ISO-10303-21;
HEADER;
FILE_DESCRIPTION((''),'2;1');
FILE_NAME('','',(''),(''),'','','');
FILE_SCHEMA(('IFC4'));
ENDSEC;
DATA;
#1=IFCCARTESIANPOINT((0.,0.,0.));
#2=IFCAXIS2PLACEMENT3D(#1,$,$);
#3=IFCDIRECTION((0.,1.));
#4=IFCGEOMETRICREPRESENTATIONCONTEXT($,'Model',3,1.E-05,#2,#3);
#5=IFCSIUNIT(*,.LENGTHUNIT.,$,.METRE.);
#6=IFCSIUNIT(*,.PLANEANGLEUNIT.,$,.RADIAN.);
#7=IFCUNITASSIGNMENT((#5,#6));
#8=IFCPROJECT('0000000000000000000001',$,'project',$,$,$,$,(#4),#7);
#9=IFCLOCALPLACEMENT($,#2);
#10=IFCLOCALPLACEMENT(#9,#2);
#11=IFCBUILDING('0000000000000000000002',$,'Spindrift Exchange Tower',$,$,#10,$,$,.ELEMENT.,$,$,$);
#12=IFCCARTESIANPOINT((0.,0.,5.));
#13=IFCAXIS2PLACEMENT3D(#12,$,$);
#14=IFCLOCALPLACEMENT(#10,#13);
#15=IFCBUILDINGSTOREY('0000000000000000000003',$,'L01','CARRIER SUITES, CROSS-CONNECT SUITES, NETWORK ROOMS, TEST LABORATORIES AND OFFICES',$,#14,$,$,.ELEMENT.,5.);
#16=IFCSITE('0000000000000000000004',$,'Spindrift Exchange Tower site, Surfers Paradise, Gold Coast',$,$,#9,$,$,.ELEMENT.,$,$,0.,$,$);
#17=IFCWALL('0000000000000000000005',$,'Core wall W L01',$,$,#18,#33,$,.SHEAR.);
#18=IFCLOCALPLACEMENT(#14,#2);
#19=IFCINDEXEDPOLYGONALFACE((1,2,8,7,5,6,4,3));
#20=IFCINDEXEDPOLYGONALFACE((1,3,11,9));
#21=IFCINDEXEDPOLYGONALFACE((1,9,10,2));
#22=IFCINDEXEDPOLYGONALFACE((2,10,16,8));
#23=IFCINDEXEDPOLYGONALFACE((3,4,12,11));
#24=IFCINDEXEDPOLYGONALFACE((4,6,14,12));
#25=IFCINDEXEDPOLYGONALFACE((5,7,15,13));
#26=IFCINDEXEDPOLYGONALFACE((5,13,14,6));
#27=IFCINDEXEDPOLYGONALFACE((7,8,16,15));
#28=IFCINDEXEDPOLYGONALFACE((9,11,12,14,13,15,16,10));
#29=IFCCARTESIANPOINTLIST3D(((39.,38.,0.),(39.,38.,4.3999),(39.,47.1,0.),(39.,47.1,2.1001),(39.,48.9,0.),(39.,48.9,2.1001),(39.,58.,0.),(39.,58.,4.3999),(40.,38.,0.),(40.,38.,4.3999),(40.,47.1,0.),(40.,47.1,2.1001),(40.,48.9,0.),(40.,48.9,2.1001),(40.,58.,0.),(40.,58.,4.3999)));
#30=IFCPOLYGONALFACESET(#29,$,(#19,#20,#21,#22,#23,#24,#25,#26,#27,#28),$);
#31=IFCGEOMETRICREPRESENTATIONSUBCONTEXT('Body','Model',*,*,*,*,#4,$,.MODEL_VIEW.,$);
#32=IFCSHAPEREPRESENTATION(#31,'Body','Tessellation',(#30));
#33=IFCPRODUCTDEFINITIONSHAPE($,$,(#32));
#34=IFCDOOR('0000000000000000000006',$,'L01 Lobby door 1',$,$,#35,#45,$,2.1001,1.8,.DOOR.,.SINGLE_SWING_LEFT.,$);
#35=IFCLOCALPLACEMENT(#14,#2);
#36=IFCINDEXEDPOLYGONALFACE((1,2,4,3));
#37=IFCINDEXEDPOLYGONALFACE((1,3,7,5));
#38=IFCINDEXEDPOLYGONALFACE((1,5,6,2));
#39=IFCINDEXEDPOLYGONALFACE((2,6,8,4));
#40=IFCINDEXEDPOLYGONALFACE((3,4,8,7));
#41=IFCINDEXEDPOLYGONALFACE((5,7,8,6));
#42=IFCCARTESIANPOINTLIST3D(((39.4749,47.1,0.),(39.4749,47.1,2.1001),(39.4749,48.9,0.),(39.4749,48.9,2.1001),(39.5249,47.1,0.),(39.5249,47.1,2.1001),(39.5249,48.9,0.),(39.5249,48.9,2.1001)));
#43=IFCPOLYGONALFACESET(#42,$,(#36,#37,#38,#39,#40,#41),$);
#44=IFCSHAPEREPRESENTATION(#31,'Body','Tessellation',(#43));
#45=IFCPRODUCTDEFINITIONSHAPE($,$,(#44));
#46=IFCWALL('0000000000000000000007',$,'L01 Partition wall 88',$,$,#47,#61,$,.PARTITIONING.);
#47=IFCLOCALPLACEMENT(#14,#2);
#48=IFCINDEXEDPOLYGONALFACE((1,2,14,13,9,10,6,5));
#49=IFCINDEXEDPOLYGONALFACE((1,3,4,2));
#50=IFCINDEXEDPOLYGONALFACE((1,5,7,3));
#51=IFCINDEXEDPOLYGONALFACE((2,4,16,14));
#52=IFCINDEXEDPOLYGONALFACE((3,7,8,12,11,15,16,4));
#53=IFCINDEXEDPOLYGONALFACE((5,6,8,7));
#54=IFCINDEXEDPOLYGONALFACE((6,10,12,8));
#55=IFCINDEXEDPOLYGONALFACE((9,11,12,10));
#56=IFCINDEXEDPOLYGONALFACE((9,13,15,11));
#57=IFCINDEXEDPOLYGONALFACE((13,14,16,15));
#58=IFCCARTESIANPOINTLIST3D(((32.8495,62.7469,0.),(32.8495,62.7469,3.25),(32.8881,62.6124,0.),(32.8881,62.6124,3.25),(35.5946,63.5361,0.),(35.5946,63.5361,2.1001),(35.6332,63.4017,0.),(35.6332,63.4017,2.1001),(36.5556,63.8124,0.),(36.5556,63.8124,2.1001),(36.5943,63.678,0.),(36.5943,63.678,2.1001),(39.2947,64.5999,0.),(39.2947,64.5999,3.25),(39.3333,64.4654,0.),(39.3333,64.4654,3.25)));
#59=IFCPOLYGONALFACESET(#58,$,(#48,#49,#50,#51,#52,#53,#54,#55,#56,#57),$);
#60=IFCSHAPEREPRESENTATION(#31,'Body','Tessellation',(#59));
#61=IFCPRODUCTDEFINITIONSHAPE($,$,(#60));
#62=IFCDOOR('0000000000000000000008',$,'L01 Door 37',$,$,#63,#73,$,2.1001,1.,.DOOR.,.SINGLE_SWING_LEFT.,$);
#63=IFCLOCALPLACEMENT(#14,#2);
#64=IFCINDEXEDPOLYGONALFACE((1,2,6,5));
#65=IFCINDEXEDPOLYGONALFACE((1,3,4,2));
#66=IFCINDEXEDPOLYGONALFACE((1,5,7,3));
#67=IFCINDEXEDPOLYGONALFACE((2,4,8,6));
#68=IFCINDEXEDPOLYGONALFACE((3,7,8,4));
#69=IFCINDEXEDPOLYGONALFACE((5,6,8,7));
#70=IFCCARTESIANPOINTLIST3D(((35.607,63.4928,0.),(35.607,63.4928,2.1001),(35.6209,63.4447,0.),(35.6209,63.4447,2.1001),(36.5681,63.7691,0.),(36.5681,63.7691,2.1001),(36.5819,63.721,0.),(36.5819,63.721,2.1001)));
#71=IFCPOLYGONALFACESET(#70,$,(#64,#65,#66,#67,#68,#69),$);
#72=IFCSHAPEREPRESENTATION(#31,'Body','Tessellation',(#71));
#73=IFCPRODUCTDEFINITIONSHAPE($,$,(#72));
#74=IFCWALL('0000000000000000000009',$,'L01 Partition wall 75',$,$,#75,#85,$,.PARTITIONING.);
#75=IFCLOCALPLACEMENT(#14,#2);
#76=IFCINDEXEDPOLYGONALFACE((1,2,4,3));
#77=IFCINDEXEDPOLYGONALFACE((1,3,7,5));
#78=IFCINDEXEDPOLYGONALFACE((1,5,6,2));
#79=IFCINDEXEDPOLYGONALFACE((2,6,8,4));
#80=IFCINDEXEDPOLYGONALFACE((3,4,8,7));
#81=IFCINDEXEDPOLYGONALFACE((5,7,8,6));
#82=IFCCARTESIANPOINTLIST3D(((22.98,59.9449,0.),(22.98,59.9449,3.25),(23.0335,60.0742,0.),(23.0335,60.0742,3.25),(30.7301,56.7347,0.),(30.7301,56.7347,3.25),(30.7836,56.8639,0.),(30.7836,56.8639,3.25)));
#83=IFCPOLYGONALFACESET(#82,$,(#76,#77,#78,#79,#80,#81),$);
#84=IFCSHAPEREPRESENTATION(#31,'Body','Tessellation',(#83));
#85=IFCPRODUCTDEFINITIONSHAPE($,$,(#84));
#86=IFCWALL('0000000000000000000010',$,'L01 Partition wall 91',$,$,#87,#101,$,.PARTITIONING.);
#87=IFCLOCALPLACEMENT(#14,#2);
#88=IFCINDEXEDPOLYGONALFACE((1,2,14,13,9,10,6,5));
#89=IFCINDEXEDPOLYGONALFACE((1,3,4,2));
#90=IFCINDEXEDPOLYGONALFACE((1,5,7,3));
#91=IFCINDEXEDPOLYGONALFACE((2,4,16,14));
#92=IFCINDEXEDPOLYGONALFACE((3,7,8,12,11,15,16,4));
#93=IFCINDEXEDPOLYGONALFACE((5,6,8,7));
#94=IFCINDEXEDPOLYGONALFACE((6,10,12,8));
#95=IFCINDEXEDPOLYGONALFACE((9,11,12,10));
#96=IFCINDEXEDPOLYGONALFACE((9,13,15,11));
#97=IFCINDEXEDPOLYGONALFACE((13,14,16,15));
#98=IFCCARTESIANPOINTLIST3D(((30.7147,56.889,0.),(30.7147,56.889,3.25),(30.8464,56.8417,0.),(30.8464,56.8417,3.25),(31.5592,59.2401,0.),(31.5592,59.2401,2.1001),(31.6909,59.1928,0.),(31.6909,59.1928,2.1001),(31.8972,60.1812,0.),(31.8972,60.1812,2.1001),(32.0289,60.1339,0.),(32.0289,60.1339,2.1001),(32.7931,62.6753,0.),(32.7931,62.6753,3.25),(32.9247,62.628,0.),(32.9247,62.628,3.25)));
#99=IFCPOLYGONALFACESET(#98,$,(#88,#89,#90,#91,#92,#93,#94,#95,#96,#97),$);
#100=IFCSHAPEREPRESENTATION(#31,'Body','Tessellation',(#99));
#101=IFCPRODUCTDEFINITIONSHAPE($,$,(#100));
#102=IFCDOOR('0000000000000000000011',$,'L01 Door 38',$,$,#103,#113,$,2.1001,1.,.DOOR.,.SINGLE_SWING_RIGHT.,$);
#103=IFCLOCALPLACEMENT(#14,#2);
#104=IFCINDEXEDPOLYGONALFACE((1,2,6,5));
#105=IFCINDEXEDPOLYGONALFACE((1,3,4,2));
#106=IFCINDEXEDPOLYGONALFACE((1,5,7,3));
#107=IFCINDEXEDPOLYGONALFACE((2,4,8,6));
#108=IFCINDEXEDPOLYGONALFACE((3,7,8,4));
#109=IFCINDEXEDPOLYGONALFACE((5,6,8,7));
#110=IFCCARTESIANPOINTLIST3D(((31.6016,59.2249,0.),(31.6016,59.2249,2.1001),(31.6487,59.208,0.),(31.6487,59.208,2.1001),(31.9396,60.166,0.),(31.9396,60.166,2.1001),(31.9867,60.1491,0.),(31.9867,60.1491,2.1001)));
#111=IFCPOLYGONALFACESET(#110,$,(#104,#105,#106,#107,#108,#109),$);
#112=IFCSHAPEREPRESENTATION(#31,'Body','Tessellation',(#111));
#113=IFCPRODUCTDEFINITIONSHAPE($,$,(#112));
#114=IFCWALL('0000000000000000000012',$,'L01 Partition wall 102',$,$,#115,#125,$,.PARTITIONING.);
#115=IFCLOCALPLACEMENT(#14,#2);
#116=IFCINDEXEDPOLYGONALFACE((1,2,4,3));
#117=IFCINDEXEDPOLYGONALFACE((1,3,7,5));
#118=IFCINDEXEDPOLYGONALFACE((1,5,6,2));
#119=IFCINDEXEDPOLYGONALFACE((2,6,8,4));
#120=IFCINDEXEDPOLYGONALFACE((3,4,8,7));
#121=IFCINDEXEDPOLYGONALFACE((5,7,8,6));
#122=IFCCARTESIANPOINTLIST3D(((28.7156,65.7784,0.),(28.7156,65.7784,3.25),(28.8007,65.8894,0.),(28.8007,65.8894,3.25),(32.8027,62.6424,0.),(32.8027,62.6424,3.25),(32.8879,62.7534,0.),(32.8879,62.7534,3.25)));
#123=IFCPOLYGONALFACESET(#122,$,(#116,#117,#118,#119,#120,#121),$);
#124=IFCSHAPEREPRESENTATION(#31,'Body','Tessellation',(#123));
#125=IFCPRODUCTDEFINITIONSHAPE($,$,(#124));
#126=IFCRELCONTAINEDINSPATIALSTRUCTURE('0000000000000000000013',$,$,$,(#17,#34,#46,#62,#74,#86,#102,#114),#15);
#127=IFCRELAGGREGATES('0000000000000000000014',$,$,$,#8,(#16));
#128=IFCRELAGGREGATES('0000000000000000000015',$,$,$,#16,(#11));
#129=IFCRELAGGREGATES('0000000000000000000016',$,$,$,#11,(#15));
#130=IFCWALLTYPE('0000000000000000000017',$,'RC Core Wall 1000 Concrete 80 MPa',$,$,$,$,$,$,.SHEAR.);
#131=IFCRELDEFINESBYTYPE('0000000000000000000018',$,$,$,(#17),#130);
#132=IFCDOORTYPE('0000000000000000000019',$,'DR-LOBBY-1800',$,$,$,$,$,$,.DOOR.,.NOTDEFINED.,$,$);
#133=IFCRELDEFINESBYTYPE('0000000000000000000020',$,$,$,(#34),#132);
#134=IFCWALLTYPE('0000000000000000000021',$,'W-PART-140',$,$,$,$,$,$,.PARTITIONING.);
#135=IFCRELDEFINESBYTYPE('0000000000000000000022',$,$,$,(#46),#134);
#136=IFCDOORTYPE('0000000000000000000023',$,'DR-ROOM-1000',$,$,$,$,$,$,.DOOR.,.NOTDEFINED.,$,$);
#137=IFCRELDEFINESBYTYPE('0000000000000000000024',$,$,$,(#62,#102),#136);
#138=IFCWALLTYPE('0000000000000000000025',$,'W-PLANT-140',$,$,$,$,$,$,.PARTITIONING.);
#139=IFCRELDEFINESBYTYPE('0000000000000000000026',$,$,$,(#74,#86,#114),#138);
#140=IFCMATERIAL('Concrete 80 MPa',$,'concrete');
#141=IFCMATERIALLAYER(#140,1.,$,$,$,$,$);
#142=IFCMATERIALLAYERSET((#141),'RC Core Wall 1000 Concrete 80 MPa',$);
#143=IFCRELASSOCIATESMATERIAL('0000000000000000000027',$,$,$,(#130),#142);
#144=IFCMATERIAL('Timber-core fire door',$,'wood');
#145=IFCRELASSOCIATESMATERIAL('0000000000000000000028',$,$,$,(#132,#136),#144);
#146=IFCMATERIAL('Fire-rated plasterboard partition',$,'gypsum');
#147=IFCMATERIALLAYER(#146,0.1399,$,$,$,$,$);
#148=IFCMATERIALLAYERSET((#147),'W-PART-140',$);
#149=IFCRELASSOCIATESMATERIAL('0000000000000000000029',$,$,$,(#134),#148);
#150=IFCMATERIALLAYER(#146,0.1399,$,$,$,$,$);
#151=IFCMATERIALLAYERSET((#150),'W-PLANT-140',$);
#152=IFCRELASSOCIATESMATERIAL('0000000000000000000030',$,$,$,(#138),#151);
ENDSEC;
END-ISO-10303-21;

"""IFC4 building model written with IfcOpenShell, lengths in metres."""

from ifc_helpers import new_model, si_unit, direction, frame, frame_2d, origin, place, context, subcontext, project, spatial, rectangle, extrude, source, transform, mapped, material, layer, layer_set, type_object, element, fill, save


model = new_model("IFC4")

# Units and contexts
model_context = context("Model", 3, precision=1e-05, world=origin(), true_north=direction((0.0, 1.0)))
body_context = subcontext(model_context, "Body", "Model", "MODEL_VIEW")
ifc_project = project(units=[si_unit("LENGTHUNIT", "METRE"), si_unit("PLANEANGLEUNIT", "RADIAN")], contexts=[model_context])

# Site, building, storey
site_placement = place(None, origin())
site = spatial("IfcSite", under=ifc_project, at=site_placement, Name="Spindrift Exchange Tower site, Surfers Paradise, Gold Coast", CompositionType="ELEMENT", RefElevation=0.0)
building_placement = place(site_placement, origin())
building = spatial("IfcBuilding", under=site, at=building_placement, Name="Spindrift Exchange Tower", CompositionType="ELEMENT")
storey_placement = place(building_placement, frame((0.0, 0.0, 5.0)))
storey = spatial("IfcBuildingStorey", under=building, at=storey_placement, Name="L01", Description="CARRIER SUITES, CROSS-CONNECT SUITES, NETWORK ROOMS, TEST LABORATORIES AND OFFICES", CompositionType="ELEMENT", Elevation=5.0)

# Shared definitions
ifc_material_1 = material(Name="Concrete 80 MPa", Category="concrete")

# Walls, openings, doors
ifc_layer_1 = layer(ifc_material_1, 1.0)
ifc_layer_set_1 = layer_set([ifc_layer_1], Name="RC Core Wall 1000 Concrete 80 MPa")
wall_type_1 = type_object("IfcWallType", Name="RC Core Wall 1000 Concrete 80 MPa", PredefinedType="SHEAR", material=ifc_layer_set_1)
wall_1_placement = place(storey_placement, frame((39.5, 58.0, 0.0), z_axis=(0.0, 0.0, 1.0), x_axis=(0.0, -1.0, 0.0)))
wall_1 = element("IfcWall", 1, at=wall_1_placement, inside=storey, type_object=wall_type_1, Name="Core wall W L01", PredefinedType="SHEAR", context=body_context, shape_type="SweptSolid", body=[
    extrude(rectangle(XDim=20.0, YDim=1.0, at=frame_2d((10.0, 0.0))), origin(), (0.0, 0.0, 1.0), 4.3999),
])
opening_1_placement = place(wall_1_placement, frame((9.1001, 0.0, 0.0)))
opening_1 = element("IfcOpeningElement", 2, at=opening_1_placement, cuts=wall_1, PredefinedType="OPENING", context=body_context, shape_type="SweptSolid", body=[
    extrude(rectangle(XDim=1.8, YDim=2.1001, at=frame_2d((0.8999, 1.05))), frame((0.0, 0.51, 0.0), z_axis=(0.0, -1.0, 0.0), x_axis=(1.0, 0.0, 0.0)), (0.0, 0.0, 1.0), 1.02),
])
ifc_material_2 = material(Name="Timber-core fire door", Category="wood")
door_type_1 = type_object("IfcDoorType", Name="DR-LOBBY-1800", OperationType="NOTDEFINED", PredefinedType="DOOR", material=ifc_material_2)
shared_shape_1 = source(origin(), body_context, "Body", "SweptSolid", [
    extrude(rectangle(XDim=1.8, YDim=2.1001, at=frame_2d((0.8999, 1.05))), frame((0.0, 0.0249, 0.0), z_axis=(0.0, -1.0, 0.0), x_axis=(1.0, 0.0, 0.0)), (0.0, 0.0, 1.0), 0.05),
])
door_1_placement = place(opening_1_placement, origin())
door_1 = element("IfcDoor", 3, at=door_1_placement, inside=storey, type_object=door_type_1, Name="L01 Lobby door 1", OperationType="SINGLE_SWING_LEFT", OverallHeight=2.1001, OverallWidth=1.8, PredefinedType="DOOR", context=body_context, shape_type="MappedRepresentation", body=[
    mapped(shared_shape_1, transform((0.0, 0.0, 0.0), scale=1.0)),
])
fill(opening_1, door_1)
ifc_material_3 = material(Name="Fire-rated plasterboard partition", Category="gypsum")
ifc_layer_2 = layer(ifc_material_3, 0.1399)
ifc_layer_set_2 = layer_set([ifc_layer_2], Name="W-PART-140")
wall_type_2 = type_object("IfcWallType", Name="W-PART-140", PredefinedType="PARTITIONING", material=ifc_layer_set_2)
wall_2_placement = place(storey_placement, frame((32.8689, 62.6797, 0.0), z_axis=(0.0, 0.0, 1.0), x_axis=(0.961069, 0.276307, 0.0)))
wall_2 = element("IfcWall", 4, at=wall_2_placement, inside=storey, type_object=wall_type_2, Name="L01 Partition wall 88", PredefinedType="PARTITIONING", context=body_context, shape_type="SweptSolid", body=[
    extrude(rectangle(XDim=6.7063, YDim=0.1399, at=frame_2d((3.353, 0.0))), origin(), (0.0, 0.0, 1.0), 3.25),
])
opening_2_placement = place(wall_2_placement, frame((2.8562, 0.0, 0.0)))
opening_2 = element("IfcOpeningElement", 5, at=opening_2_placement, cuts=wall_2, PredefinedType="OPENING", context=body_context, shape_type="SweptSolid", body=[
    extrude(rectangle(XDim=1.0, YDim=2.1001, at=frame_2d((0.5, 1.05))), frame((0.0, 0.0798, 0.0), z_axis=(0.0, -1.0, 0.0), x_axis=(1.0, 0.0, 0.0)), (0.0, 0.0, 1.0), 0.1599),
])
door_type_2 = type_object("IfcDoorType", Name="DR-ROOM-1000", OperationType="NOTDEFINED", PredefinedType="DOOR", material=ifc_material_2)
shared_shape_2 = source(origin(), body_context, "Body", "SweptSolid", [
    extrude(rectangle(XDim=1.0, YDim=2.1001, at=frame_2d((0.5, 1.05))), frame((0.0, 0.0249, 0.0), z_axis=(0.0, -1.0, 0.0), x_axis=(1.0, 0.0, 0.0)), (0.0, 0.0, 1.0), 0.05),
])
door_2_placement = place(opening_2_placement, origin())
door_2 = element("IfcDoor", 6, at=door_2_placement, inside=storey, type_object=door_type_2, Name="L01 Door 37", OperationType="SINGLE_SWING_LEFT", OverallHeight=2.1001, OverallWidth=1.0, PredefinedType="DOOR", context=body_context, shape_type="MappedRepresentation", body=[
    mapped(shared_shape_2, transform((0.0, 0.0, 0.0), scale=1.0)),
])
fill(opening_2, door_2)

# Wall
ifc_layer_3 = layer(ifc_material_3, 0.1399)
ifc_layer_set_3 = layer_set([ifc_layer_3], Name="W-PLANT-140")
wall_type_3 = type_object("IfcWallType", Name="W-PLANT-140", PredefinedType="PARTITIONING", material=ifc_layer_set_3)
wall_3_placement = place(storey_placement, frame((30.7568, 56.7993, 0.0), z_axis=(0.0, 0.0, 1.0), x_axis=(-0.923877, 0.382689, 0.0)))
element("IfcWall", 7, at=wall_3_placement, inside=storey, type_object=wall_type_3, Name="L01 Partition wall 75", PredefinedType="PARTITIONING", context=body_context, shape_type="SweptSolid", body=[
    extrude(rectangle(XDim=8.3887, YDim=0.1399, at=frame_2d((4.1943, 0.0))), origin(), (0.0, 0.0, 1.0), 3.25),
])

# Wall, opening, door
wall_4_placement = place(storey_placement, frame((30.7805, 56.8652, 0.0), z_axis=(0.0, 0.0, 1.0), x_axis=(0.338039, 0.941132, 0.0)))
wall_4 = element("IfcWall", 8, at=wall_4_placement, inside=storey, type_object=wall_type_3, Name="L01 Partition wall 91", PredefinedType="PARTITIONING", context=body_context, shape_type="SweptSolid", body=[
    extrude(rectangle(XDim=6.1482, YDim=0.1399, at=frame_2d((3.0742, 0.0))), origin(), (0.0, 0.0, 1.0), 3.25),
])
opening_3_placement = place(wall_4_placement, frame((2.4983, 0.0, 0.0)))
opening_3 = element("IfcOpeningElement", 9, at=opening_3_placement, cuts=wall_4, PredefinedType="OPENING", context=body_context, shape_type="SweptSolid", body=[
    extrude(rectangle(XDim=1.0, YDim=2.1001, at=frame_2d((0.5, 1.05))), frame((0.0, 0.0798, 0.0), z_axis=(0.0, -1.0, 0.0), x_axis=(1.0, 0.0, 0.0)), (0.0, 0.0, 1.0), 0.1599),
])
door_3_placement = place(opening_3_placement, origin())
door_3 = element("IfcDoor", 10, at=door_3_placement, inside=storey, type_object=door_type_2, Name="L01 Door 38", OperationType="SINGLE_SWING_RIGHT", OverallHeight=2.1001, OverallWidth=1.0, PredefinedType="DOOR", context=body_context, shape_type="MappedRepresentation", body=[
    mapped(shared_shape_2, transform((0.0, 0.0, 0.0), scale=1.0)),
])
fill(opening_3, door_3)

# Wall
wall_5_placement = place(storey_placement, frame((32.8452, 62.698, 0.0), z_axis=(0.0, 0.0, 1.0), x_axis=(-0.793372, 0.608737, 0.0)))
element("IfcWall", 11, at=wall_5_placement, inside=storey, type_object=wall_type_3, Name="L01 Partition wall 102", PredefinedType="PARTITIONING", context=body_context, shape_type="SweptSolid", body=[
    extrude(rectangle(XDim=5.1516, YDim=0.1399, at=frame_2d((2.5757, 0.0))), origin(), (0.0, 0.0, 1.0), 3.25),
])

save(model, "model.ifc")
